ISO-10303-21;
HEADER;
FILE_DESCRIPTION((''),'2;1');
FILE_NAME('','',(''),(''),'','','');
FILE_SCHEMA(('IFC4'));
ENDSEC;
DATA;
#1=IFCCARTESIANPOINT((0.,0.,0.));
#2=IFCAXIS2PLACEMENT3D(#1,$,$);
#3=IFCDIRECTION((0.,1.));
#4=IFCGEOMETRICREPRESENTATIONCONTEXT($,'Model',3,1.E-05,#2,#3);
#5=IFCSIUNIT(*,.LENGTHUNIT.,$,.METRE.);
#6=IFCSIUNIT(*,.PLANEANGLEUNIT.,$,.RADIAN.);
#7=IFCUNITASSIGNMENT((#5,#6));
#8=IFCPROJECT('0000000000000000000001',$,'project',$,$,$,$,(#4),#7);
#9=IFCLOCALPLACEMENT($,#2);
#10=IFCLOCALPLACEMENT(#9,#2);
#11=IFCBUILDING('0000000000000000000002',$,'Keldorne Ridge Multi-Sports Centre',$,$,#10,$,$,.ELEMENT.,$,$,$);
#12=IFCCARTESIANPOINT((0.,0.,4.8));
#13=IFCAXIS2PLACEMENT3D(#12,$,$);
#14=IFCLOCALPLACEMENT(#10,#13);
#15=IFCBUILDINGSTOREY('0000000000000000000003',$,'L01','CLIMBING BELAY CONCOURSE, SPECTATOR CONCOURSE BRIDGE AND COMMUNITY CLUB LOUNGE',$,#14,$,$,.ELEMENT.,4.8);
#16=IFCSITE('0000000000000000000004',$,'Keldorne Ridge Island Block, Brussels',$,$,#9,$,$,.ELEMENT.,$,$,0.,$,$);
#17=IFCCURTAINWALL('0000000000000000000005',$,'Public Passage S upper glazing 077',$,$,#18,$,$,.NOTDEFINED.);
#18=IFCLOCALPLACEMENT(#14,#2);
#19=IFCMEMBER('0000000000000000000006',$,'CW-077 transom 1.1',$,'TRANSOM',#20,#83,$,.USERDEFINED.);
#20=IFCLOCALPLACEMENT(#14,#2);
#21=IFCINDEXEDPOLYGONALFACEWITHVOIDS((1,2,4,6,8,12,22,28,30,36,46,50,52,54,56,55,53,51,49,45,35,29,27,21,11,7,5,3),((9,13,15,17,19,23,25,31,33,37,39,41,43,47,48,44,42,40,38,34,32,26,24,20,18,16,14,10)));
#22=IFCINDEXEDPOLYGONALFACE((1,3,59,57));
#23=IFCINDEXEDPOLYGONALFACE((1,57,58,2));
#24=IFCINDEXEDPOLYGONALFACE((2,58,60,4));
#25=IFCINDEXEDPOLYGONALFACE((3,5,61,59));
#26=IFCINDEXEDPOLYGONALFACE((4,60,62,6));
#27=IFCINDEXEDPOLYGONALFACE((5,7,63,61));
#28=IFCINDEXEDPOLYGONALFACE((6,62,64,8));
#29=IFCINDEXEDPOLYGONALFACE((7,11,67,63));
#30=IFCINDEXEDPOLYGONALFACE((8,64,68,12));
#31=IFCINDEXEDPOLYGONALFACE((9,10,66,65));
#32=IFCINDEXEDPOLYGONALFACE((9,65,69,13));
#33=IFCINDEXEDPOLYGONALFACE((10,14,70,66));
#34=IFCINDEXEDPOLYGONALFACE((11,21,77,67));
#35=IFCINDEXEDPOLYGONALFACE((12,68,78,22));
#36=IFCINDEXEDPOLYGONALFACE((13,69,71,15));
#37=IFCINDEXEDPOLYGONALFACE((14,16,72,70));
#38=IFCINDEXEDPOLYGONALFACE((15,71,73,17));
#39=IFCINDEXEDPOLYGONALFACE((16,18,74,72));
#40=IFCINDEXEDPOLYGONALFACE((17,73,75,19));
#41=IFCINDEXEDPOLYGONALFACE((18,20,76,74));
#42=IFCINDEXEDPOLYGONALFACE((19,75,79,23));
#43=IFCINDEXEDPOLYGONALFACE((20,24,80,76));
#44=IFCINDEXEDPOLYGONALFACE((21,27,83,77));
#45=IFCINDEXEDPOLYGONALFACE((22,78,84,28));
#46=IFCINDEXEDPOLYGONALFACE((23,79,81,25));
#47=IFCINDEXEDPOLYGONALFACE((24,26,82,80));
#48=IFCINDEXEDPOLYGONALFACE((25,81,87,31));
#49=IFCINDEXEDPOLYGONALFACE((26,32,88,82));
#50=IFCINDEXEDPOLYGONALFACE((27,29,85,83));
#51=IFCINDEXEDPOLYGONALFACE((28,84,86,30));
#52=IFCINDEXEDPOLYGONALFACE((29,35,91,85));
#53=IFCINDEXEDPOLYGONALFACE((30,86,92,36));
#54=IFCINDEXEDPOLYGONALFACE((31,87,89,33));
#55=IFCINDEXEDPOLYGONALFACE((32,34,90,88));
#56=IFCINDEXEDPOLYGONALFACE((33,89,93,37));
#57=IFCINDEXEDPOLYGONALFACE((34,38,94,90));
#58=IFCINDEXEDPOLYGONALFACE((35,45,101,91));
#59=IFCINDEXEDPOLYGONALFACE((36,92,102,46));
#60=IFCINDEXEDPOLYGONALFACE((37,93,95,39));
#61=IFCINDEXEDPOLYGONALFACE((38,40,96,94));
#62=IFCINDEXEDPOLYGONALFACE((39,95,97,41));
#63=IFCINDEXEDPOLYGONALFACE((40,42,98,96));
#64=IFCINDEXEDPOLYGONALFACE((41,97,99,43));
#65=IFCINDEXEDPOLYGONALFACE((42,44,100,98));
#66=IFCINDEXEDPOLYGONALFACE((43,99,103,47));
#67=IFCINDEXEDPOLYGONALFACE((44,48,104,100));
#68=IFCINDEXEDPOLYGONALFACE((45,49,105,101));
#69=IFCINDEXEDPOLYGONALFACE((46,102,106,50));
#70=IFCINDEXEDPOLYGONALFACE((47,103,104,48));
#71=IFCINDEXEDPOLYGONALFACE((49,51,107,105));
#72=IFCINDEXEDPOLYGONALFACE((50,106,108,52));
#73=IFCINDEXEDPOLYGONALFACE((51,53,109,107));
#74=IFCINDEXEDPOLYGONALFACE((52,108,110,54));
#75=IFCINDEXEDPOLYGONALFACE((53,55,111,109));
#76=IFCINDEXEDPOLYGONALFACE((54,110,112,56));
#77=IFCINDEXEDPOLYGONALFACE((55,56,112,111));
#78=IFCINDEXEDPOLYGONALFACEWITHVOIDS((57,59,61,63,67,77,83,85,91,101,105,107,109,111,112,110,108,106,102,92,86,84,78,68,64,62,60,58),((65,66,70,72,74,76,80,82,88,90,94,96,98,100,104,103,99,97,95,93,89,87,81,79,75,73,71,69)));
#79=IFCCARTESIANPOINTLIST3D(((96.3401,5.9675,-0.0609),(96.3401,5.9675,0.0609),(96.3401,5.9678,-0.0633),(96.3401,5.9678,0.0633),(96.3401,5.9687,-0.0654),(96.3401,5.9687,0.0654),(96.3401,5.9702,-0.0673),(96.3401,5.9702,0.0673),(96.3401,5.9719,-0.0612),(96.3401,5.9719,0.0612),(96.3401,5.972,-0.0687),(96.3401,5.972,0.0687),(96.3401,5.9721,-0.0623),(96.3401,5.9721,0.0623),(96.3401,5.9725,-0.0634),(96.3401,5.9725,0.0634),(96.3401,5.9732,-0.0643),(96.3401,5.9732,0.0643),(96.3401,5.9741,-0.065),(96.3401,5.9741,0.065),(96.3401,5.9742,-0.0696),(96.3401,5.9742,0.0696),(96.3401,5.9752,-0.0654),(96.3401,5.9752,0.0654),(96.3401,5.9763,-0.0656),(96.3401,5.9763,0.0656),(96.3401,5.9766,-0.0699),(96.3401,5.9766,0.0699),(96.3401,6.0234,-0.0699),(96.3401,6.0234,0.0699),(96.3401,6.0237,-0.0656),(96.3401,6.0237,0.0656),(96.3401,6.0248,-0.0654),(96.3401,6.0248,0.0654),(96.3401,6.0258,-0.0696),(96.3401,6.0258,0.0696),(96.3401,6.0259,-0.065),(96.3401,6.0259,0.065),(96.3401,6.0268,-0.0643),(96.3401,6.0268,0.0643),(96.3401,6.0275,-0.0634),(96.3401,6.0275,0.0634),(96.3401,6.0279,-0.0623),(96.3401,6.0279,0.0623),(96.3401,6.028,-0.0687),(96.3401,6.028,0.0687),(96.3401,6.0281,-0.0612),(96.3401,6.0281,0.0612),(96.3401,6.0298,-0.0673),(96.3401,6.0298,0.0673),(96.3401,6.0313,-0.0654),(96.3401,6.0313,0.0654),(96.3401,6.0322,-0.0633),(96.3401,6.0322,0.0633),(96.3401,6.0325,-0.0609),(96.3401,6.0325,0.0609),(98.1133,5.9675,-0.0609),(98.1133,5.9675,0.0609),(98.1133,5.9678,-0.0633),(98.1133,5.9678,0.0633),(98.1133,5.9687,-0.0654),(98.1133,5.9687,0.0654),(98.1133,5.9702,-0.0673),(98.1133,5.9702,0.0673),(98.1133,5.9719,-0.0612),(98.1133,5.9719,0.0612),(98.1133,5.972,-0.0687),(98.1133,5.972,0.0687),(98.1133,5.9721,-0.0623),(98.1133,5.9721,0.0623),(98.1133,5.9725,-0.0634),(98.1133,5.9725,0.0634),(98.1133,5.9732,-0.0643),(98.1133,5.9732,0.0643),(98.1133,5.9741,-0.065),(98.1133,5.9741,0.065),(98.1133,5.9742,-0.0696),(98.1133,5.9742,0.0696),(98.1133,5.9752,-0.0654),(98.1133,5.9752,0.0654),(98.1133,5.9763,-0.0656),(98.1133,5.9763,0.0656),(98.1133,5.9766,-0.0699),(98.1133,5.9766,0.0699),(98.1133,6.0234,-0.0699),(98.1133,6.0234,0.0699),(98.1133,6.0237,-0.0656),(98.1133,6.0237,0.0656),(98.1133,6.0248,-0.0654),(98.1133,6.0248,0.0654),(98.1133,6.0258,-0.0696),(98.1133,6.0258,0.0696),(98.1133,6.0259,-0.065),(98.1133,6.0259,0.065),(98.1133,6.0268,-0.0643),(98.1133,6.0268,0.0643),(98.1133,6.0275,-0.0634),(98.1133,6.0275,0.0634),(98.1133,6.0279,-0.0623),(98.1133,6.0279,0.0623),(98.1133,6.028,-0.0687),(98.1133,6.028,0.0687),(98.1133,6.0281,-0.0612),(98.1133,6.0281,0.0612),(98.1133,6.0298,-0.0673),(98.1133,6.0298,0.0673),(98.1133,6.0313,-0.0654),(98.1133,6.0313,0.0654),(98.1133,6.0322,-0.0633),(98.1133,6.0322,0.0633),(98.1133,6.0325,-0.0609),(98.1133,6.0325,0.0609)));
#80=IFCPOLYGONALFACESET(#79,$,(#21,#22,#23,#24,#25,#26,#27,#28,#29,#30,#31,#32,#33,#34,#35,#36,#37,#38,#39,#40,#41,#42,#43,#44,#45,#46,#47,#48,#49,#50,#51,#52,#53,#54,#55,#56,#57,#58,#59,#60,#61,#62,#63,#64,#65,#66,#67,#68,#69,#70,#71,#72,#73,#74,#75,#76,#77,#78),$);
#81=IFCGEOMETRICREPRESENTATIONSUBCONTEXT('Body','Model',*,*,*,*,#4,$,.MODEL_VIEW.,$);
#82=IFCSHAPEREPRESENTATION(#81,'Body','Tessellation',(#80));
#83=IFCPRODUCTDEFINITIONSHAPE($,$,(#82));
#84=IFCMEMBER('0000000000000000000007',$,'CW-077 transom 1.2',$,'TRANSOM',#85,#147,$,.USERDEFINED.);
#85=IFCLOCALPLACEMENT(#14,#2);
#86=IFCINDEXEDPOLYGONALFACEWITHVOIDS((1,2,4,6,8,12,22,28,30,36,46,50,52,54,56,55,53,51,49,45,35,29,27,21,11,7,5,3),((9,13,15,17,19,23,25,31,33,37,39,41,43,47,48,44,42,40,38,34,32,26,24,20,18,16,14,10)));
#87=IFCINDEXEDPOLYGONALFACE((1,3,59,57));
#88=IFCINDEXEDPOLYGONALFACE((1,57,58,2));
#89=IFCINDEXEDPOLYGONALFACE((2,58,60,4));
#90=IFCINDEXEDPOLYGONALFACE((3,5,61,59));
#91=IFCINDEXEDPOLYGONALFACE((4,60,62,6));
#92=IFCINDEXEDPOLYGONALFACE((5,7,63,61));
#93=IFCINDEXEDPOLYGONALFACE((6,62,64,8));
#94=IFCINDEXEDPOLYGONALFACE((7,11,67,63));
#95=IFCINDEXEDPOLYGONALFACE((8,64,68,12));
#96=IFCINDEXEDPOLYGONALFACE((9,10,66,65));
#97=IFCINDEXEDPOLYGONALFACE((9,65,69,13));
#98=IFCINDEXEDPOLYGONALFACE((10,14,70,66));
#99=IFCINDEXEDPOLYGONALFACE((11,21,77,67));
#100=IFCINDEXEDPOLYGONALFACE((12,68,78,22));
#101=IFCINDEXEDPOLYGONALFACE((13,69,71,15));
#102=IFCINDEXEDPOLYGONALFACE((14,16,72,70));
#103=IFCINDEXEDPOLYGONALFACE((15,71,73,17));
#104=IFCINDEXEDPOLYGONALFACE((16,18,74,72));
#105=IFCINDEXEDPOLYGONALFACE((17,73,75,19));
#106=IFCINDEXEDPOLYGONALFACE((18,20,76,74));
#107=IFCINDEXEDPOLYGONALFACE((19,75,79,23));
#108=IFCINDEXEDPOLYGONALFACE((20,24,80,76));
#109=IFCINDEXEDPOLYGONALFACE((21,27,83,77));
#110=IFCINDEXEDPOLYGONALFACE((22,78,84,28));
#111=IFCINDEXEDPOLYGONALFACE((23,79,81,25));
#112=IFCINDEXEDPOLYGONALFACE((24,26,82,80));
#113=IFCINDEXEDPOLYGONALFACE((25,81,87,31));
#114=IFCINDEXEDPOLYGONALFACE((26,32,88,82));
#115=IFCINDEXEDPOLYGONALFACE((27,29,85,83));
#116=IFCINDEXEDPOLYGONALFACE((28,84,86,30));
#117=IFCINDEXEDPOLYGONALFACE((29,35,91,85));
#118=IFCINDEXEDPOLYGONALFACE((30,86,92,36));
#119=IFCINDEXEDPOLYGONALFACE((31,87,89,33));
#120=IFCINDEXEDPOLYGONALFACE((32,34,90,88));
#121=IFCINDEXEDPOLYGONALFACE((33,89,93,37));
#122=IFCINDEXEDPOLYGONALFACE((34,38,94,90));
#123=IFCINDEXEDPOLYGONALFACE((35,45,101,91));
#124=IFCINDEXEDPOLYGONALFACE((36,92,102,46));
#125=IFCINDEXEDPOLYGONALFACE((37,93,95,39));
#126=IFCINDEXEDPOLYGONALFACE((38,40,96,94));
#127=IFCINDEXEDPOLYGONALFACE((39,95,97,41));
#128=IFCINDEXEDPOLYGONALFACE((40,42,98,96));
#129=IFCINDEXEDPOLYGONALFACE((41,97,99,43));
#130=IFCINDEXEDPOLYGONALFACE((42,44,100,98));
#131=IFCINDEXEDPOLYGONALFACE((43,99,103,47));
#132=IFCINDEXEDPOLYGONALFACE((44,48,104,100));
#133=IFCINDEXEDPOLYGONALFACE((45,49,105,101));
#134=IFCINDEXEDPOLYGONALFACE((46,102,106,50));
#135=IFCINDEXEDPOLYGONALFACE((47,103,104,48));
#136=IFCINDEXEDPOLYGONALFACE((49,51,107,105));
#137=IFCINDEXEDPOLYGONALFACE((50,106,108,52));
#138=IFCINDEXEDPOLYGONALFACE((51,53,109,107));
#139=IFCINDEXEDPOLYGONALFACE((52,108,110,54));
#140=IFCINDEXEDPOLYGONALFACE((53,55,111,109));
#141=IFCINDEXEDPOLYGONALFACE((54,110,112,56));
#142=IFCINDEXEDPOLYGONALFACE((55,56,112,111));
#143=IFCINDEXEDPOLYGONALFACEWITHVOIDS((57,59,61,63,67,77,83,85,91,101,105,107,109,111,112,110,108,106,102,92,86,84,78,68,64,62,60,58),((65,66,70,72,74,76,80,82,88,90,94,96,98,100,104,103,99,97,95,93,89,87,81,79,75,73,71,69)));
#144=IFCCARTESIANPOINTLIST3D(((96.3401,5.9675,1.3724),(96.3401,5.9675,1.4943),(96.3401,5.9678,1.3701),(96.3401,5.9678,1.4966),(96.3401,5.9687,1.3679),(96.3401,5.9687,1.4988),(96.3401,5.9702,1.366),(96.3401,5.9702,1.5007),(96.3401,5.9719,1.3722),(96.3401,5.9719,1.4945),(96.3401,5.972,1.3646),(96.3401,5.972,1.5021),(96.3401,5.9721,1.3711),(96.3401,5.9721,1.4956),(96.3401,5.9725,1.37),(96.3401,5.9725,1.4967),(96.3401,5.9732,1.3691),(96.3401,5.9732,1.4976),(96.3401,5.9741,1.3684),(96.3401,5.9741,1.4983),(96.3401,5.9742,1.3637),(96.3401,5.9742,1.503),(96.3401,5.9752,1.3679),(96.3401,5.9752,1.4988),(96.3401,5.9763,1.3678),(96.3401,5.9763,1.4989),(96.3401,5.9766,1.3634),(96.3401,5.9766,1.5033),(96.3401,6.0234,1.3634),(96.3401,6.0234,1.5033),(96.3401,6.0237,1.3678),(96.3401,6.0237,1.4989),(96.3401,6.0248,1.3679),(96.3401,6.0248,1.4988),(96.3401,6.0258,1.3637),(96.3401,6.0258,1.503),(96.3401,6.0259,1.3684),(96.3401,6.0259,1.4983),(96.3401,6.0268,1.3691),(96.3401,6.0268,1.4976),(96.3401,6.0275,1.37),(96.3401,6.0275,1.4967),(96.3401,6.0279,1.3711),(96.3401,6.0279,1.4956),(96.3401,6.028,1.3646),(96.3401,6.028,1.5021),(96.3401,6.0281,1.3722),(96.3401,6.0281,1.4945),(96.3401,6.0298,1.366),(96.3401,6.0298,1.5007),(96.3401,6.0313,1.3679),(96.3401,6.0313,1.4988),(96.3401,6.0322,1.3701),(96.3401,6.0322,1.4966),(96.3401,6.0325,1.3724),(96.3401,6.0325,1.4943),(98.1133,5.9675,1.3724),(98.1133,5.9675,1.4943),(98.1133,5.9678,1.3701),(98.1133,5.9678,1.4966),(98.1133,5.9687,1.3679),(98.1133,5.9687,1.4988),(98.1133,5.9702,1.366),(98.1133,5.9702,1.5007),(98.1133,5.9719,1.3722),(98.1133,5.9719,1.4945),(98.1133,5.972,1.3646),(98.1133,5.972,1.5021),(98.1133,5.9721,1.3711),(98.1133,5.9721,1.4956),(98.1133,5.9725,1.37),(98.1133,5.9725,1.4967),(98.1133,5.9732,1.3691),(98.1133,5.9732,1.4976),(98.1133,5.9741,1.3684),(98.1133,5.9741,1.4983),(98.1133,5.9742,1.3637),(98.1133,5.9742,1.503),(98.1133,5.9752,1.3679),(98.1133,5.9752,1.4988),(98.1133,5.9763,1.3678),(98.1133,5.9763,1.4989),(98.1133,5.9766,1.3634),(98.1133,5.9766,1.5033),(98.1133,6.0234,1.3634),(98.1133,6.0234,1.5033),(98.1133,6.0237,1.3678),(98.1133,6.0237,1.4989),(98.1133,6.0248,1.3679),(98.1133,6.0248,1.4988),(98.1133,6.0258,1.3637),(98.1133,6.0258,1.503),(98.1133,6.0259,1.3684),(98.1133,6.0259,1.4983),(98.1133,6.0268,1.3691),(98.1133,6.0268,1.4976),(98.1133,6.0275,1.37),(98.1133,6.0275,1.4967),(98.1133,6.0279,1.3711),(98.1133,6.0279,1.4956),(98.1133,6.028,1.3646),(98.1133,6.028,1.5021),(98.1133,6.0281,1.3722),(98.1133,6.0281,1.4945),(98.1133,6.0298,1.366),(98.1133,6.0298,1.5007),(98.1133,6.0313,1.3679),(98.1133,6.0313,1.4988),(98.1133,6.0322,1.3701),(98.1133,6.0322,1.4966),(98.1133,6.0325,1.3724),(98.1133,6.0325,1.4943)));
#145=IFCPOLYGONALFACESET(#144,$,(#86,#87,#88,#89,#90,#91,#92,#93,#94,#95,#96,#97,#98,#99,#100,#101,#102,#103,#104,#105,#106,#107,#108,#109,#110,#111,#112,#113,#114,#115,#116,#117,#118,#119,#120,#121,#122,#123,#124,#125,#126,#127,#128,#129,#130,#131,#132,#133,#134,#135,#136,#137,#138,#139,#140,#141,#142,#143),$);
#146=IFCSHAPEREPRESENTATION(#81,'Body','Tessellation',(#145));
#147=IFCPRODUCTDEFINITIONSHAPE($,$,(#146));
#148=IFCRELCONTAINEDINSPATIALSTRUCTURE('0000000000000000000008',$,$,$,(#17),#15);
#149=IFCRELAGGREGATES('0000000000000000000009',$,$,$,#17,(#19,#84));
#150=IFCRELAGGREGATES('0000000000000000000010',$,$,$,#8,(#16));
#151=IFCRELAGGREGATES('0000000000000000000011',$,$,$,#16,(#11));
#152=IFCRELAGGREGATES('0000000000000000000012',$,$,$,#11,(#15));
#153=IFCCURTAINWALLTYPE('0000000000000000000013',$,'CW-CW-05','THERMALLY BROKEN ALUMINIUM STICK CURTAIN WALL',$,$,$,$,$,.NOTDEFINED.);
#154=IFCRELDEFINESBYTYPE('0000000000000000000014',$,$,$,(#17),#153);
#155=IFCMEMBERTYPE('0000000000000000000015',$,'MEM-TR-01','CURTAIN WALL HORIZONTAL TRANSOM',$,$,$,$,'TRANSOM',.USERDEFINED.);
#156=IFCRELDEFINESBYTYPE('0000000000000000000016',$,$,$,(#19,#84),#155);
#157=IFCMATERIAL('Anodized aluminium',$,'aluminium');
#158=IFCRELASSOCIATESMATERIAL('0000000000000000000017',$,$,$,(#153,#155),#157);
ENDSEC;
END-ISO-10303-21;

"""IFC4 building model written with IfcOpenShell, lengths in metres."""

from ifc_helpers import new_model, si_unit, direction, frame, origin, origin_2d, place, context, subcontext, project, spatial, hollow_rectangle, extrude, material, material_profile, profile_set, type_object, element, aggregate, save


model = new_model("IFC4")

# Units and contexts
model_context = context("Model", 3, precision=1e-05, world=origin(), true_north=direction((0.0, 1.0)))
body_context = subcontext(model_context, "Body", "Model", "MODEL_VIEW")
ifc_project = project(units=[si_unit("LENGTHUNIT", "METRE"), si_unit("PLANEANGLEUNIT", "RADIAN")], contexts=[model_context])

# Site, building, storey
site_placement = place(None, origin())
site = spatial("IfcSite", under=ifc_project, at=site_placement, Name="Keldorne Ridge Island Block, Brussels", CompositionType="ELEMENT", RefElevation=0.0)
building_placement = place(site_placement, origin())
building = spatial("IfcBuilding", under=site, at=building_placement, Name="Keldorne Ridge Multi-Sports Centre", CompositionType="ELEMENT")
storey_placement = place(building_placement, frame((0.0, 0.0, 4.8)))
storey = spatial("IfcBuildingStorey", under=building, at=storey_placement, Name="L01", Description="CLIMBING BELAY CONCOURSE, SPECTATOR CONCOURSE BRIDGE AND COMMUNITY CLUB LOUNGE", CompositionType="ELEMENT", Elevation=4.8)

# Curtain wall
ifc_material_1 = material(Name="Anodized aluminium", Category="aluminium")
curtain_wall_type_1 = type_object("IfcCurtainWallType", Name="CW-CW-05", Description="THERMALLY BROKEN ALUMINIUM STICK CURTAIN WALL", PredefinedType="NOTDEFINED", material=ifc_material_1)
curtain_wall_1_placement = place(storey_placement, origin())
curtain_wall_1 = element("IfcCurtainWall", 1, at=curtain_wall_1_placement, inside=storey, type_object=curtain_wall_type_1, Name="Public Passage S upper glazing 077", PredefinedType="NOTDEFINED")

# Members
ifc_material_profile_1 = material_profile(ifc_material_1, hollow_rectangle(XDim=0.0649, YDim=0.1399, WallThickness=0.0044, InnerFilletRadius=0.0044, OuterFilletRadius=0.009, at=origin_2d()), Name="ALU TRANSOM 140x65x4.5")
ifc_profile_set_1 = profile_set([ifc_material_profile_1], Name="Anodized aluminium")
member_type_1 = type_object("IfcMemberType", Name="MEM-TR-01", Description="CURTAIN WALL HORIZONTAL TRANSOM", ElementType="TRANSOM", PredefinedType="USERDEFINED", material=ifc_profile_set_1)
member_1_placement = place(storey_placement, frame((96.3401, 6.0, 0.0), z_axis=(1.0, 0.0, 0.0), x_axis=(0.0, 1.0, 0.0)))
member_1 = element("IfcMember", 2, at=member_1_placement, type_object=member_type_1, Name="CW-077 transom 1.1", ObjectType="TRANSOM", PredefinedType="USERDEFINED", context=body_context, shape_type="SweptSolid", body=[
    extrude(hollow_rectangle(XDim=0.0649, YDim=0.1399, WallThickness=0.0044, InnerFilletRadius=0.0044, OuterFilletRadius=0.009, at=origin_2d()), origin(), (0.0, 0.0, 1.0), 1.7732),
])
member_2_placement = place(storey_placement, frame((96.3401, 6.0, 1.4333), z_axis=(1.0, 0.0, 0.0), x_axis=(0.0, 1.0, 0.0)))
member_2 = element("IfcMember", 3, at=member_2_placement, type_object=member_type_1, Name="CW-077 transom 1.2", ObjectType="TRANSOM", PredefinedType="USERDEFINED", context=body_context, shape_type="SweptSolid", body=[
    extrude(hollow_rectangle(XDim=0.0649, YDim=0.1399, WallThickness=0.0044, InnerFilletRadius=0.0044, OuterFilletRadius=0.009, at=origin_2d()), origin(), (0.0, 0.0, 1.0), 1.7732),
])

aggregate(curtain_wall_1, [member_1, member_2])

save(model, "model.ifc")
